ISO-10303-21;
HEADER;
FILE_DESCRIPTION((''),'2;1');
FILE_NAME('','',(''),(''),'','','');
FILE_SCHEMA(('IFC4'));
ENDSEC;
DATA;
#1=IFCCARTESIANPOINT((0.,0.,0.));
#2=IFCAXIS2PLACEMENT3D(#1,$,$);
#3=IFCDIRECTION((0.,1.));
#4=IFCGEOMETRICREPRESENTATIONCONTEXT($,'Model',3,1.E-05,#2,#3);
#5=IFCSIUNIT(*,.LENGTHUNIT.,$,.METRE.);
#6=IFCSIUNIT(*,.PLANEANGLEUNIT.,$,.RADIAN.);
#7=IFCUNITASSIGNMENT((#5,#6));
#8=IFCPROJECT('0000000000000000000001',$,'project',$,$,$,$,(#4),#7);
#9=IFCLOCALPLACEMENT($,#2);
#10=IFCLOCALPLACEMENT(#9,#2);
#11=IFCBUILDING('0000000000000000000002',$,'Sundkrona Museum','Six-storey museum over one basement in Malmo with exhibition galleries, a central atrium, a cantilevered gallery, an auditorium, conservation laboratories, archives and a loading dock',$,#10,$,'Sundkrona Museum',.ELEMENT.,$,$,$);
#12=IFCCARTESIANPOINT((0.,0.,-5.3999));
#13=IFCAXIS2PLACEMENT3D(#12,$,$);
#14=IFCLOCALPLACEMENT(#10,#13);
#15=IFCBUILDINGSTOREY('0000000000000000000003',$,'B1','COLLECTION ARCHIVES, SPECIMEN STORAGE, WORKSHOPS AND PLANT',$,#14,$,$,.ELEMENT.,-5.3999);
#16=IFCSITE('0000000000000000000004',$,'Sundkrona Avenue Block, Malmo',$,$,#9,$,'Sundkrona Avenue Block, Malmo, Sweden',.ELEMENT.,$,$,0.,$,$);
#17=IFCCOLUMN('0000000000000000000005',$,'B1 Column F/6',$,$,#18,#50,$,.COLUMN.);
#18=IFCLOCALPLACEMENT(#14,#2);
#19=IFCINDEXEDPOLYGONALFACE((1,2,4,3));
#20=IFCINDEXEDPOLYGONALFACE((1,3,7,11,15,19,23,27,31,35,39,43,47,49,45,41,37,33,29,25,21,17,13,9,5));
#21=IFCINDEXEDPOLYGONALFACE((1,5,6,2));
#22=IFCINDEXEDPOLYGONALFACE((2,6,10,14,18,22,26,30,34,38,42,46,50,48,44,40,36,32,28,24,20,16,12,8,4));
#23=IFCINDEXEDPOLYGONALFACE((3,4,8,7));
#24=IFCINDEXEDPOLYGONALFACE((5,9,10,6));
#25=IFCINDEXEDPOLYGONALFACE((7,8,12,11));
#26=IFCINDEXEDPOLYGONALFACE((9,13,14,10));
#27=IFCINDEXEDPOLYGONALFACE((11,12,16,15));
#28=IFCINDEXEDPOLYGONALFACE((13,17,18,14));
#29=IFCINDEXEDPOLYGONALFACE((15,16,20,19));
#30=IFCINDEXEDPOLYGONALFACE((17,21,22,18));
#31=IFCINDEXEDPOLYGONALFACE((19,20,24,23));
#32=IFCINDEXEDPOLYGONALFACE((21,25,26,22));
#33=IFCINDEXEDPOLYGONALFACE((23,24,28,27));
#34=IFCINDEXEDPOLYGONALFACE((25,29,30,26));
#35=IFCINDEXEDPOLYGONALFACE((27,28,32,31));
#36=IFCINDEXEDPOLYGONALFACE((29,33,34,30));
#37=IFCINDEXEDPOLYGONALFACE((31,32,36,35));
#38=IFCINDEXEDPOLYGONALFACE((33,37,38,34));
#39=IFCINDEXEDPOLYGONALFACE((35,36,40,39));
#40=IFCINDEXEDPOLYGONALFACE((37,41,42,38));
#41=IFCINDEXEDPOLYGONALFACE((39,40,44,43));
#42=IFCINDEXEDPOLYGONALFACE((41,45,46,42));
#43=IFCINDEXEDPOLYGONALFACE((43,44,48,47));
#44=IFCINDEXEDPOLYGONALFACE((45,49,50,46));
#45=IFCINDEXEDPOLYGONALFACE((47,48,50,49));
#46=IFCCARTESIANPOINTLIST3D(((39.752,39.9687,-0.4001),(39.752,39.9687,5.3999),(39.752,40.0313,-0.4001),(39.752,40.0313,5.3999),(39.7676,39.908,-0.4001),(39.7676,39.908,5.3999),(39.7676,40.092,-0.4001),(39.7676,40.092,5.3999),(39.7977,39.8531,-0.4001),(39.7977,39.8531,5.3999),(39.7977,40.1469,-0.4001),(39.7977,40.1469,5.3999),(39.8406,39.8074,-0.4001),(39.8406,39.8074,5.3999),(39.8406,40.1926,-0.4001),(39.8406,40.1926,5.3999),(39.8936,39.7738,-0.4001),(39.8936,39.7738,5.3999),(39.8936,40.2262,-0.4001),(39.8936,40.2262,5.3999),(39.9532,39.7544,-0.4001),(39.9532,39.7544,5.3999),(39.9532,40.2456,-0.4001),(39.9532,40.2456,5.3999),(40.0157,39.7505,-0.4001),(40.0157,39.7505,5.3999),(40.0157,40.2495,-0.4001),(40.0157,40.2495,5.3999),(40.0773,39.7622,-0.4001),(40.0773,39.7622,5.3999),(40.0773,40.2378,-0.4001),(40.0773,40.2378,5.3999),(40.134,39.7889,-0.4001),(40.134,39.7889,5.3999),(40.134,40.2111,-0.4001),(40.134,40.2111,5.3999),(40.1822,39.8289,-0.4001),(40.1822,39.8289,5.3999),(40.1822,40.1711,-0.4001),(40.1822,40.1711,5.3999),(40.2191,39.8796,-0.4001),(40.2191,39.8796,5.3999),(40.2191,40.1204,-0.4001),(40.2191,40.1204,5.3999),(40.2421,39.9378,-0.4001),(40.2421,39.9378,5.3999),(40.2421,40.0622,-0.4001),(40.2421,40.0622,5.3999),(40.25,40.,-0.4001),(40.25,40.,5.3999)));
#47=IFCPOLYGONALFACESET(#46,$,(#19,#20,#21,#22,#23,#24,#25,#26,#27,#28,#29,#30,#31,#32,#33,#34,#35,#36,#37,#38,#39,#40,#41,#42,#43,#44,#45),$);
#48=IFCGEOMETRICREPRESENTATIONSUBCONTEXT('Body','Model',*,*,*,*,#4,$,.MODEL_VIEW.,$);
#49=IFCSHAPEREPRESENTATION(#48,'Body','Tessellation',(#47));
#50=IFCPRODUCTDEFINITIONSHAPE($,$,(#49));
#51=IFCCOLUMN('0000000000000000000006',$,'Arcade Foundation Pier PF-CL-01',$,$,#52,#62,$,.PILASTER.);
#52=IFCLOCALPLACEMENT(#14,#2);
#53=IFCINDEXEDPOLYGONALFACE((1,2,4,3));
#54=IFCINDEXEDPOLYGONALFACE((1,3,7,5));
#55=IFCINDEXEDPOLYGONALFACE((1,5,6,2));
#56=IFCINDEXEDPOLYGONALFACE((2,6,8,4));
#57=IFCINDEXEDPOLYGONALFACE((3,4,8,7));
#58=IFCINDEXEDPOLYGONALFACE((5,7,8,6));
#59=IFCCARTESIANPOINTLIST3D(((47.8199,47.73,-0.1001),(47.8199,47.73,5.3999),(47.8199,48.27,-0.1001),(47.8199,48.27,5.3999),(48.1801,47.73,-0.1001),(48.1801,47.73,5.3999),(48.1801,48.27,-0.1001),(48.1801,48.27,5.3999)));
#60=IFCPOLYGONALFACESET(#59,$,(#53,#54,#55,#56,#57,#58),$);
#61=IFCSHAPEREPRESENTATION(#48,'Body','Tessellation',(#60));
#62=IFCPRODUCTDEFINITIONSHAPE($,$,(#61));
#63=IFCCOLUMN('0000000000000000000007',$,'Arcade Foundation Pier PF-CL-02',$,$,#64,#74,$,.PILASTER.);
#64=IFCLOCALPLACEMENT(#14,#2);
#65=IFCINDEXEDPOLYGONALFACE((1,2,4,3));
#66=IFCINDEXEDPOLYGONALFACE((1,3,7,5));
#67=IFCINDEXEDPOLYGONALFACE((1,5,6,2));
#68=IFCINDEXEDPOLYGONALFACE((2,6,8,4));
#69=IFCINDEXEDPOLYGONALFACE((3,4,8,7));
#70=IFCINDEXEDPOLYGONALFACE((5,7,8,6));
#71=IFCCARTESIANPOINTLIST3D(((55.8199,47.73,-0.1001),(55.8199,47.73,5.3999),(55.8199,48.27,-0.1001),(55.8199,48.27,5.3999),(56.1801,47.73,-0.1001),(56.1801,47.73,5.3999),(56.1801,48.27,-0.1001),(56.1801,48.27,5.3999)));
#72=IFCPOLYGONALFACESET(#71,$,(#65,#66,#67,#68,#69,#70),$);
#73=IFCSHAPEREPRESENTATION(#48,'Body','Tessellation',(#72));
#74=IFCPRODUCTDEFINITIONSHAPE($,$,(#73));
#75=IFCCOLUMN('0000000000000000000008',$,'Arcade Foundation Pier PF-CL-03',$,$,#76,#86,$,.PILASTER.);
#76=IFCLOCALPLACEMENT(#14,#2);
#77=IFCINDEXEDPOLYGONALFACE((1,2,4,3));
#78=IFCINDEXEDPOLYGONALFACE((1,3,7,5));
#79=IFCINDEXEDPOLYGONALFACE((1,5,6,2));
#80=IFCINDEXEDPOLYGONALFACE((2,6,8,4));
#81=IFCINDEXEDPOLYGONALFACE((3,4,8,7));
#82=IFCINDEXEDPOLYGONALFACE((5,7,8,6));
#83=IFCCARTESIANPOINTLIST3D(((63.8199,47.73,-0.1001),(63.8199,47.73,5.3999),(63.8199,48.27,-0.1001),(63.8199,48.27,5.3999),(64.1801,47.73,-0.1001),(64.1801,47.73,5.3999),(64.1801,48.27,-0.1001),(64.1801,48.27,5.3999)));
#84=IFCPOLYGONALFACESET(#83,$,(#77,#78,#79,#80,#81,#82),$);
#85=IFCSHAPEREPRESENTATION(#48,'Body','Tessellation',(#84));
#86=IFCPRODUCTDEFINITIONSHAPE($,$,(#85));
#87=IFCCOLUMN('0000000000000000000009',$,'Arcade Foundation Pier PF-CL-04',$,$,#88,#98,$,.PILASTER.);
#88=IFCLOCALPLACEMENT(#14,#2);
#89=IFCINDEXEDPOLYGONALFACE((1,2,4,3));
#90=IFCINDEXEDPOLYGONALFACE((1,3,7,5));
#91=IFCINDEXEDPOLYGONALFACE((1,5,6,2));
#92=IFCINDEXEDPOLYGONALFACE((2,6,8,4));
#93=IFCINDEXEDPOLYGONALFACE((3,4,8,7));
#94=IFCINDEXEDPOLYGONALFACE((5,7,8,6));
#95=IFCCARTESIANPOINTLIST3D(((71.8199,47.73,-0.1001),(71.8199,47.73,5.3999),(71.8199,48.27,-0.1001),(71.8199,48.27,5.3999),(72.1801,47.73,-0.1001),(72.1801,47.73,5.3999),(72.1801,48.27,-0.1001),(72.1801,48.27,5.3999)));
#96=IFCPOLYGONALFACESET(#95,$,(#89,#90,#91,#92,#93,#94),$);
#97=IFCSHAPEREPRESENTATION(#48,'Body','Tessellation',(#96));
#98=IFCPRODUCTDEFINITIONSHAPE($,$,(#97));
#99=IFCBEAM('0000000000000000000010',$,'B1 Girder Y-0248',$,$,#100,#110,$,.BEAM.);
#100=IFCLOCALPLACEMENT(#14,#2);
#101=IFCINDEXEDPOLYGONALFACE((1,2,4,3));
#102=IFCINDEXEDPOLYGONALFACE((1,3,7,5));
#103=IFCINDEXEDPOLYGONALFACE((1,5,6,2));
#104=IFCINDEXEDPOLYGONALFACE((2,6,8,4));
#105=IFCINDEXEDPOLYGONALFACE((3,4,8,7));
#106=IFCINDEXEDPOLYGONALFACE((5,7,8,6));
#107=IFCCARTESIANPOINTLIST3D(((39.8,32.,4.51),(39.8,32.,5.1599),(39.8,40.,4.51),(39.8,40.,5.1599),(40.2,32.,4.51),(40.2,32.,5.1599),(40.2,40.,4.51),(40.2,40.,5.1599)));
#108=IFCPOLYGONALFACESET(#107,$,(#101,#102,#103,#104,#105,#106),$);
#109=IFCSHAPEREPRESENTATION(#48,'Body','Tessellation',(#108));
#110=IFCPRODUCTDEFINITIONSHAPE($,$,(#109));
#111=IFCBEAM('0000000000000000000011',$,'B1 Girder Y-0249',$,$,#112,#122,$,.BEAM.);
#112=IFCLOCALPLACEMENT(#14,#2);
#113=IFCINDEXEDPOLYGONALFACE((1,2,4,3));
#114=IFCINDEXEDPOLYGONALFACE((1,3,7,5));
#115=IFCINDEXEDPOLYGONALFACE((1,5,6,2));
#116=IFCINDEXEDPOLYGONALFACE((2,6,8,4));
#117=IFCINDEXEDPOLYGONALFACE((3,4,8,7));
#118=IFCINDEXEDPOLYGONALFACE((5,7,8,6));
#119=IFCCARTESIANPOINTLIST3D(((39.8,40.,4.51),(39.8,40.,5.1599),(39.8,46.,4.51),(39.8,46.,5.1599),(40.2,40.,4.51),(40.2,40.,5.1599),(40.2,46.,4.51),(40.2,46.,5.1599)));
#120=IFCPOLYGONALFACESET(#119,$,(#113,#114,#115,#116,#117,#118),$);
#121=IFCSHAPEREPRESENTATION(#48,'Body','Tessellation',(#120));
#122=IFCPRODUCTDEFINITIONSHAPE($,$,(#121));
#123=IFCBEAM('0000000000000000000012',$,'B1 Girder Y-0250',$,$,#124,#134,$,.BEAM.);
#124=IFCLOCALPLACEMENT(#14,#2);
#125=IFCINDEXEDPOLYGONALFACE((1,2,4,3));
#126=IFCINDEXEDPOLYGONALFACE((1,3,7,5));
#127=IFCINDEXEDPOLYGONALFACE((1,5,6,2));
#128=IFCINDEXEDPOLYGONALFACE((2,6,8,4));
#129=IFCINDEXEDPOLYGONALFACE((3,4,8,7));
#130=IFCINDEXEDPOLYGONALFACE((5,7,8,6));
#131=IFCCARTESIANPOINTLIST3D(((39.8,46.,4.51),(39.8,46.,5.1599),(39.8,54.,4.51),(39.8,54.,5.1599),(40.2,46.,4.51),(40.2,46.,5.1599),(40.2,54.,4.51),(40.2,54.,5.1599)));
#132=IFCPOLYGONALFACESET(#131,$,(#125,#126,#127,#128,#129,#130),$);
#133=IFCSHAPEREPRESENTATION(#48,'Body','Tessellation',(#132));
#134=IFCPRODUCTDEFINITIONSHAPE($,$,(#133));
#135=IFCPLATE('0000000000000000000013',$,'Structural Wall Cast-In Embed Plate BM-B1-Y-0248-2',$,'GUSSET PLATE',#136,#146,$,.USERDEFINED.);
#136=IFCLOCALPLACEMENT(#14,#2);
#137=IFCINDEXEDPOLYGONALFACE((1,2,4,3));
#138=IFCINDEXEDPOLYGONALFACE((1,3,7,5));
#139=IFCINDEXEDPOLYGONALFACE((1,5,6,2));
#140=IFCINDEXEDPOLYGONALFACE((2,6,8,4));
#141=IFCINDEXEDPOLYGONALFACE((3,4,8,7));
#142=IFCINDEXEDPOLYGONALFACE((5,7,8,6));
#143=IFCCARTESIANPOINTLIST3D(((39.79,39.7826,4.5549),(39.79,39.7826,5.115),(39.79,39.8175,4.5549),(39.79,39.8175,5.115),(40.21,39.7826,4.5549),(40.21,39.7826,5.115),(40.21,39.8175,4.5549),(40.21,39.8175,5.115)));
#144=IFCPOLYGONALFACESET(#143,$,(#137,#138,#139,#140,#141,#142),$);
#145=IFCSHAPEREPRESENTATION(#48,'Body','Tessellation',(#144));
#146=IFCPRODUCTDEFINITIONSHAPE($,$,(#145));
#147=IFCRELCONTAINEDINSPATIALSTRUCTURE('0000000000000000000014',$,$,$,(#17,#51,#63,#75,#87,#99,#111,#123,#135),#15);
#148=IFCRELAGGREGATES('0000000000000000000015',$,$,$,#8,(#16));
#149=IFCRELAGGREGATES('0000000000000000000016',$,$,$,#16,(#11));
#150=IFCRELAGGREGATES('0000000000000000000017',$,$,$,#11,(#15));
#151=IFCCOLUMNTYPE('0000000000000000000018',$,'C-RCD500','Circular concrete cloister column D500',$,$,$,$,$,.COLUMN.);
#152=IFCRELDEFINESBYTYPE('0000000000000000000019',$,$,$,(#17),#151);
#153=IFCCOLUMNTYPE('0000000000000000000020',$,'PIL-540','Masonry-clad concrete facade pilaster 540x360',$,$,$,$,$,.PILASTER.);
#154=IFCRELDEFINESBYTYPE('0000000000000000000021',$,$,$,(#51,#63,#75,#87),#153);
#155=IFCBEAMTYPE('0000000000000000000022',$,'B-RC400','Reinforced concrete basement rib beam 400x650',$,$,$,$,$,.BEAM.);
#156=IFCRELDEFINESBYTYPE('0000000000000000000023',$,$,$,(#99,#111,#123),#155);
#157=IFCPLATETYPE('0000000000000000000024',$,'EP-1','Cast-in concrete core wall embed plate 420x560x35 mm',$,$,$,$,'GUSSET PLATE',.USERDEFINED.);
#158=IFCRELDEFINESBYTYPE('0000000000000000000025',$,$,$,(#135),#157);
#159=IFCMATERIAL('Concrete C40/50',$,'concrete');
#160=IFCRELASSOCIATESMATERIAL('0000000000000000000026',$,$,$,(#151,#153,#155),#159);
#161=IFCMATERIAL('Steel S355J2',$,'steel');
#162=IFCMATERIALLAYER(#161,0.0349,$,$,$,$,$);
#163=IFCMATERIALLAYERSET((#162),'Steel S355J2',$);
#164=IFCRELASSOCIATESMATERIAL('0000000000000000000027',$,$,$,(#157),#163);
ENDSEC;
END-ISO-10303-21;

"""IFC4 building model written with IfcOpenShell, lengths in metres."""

from ifc_helpers import new_model, si_unit, direction, frame, origin, origin_2d, place, context, subcontext, project, spatial, rectangle, circle, extrude, material, layer, layer_set, material_profile, profile_set, type_object, element, save


model = new_model("IFC4")

# Units and contexts
model_context = context("Model", 3, precision=1e-05, world=origin(), true_north=direction((0.0, 1.0)))
body_context = subcontext(model_context, "Body", "Model", "MODEL_VIEW")
ifc_project = project(units=[si_unit("LENGTHUNIT", "METRE"), si_unit("PLANEANGLEUNIT", "RADIAN")], contexts=[model_context])

# Site, building, storey
site_placement = place(None, origin())
site = spatial("IfcSite", under=ifc_project, at=site_placement, Name="Sundkrona Avenue Block, Malmo", LongName="Sundkrona Avenue Block, Malmo, Sweden", CompositionType="ELEMENT", RefElevation=0.0)
building_placement = place(site_placement, origin())
building = spatial("IfcBuilding", under=site, at=building_placement, Name="Sundkrona Museum", Description="Six-storey museum over one basement in Malmo with exhibition galleries, a central atrium, a cantilevered gallery, an auditorium, conservation laboratories, archives and a loading dock", LongName="Sundkrona Museum", CompositionType="ELEMENT")
storey_placement = place(building_placement, frame((0.0, 0.0, -5.3999)))
storey = spatial("IfcBuildingStorey", under=building, at=storey_placement, Name="B1", Description="COLLECTION ARCHIVES, SPECIMEN STORAGE, WORKSHOPS AND PLANT", CompositionType="ELEMENT", Elevation=-5.3999)

# Shared definitions
ifc_material_1 = material(Name="Concrete C40/50", Category="concrete")

# Columns
ifc_material_profile_1 = material_profile(ifc_material_1, circle(Radius=0.25, at=origin_2d()), Name="RC D500")
ifc_profile_set_1 = profile_set([ifc_material_profile_1], Name="Concrete C40/50")
column_type_1 = type_object("IfcColumnType", Name="C-RCD500", Description="Circular concrete cloister column D500", PredefinedType="COLUMN", material=ifc_profile_set_1)
column_1_placement = place(storey_placement, frame((40.0, 40.0, -0.4001), z_axis=(0.0, 0.0, 1.0), x_axis=(1.0, 0.0, 0.0)))
element("IfcColumn", 1, at=column_1_placement, inside=storey, type_object=column_type_1, Name="B1 Column F/6", PredefinedType="COLUMN", context=body_context, shape_type="SweptSolid", body=[
    extrude(circle(Radius=0.25, at=origin_2d()), origin(), (0.0, 0.0, 1.0), 5.8),
])
ifc_material_profile_2 = material_profile(ifc_material_1, rectangle(XDim=0.3601, YDim=0.54, at=origin_2d()), Name="RC 540x360")
ifc_profile_set_2 = profile_set([ifc_material_profile_2], Name="Concrete C40/50")
column_type_2 = type_object("IfcColumnType", Name="PIL-540", Description="Masonry-clad concrete facade pilaster 540x360", PredefinedType="PILASTER", material=ifc_profile_set_2)
for number, where, z_axis, x_axis, name in (
    (2, (48.0, 48.0, -0.1001), (0.0, 0.0, 1.0), (1.0, 0.0, 0.0), "Arcade Foundation Pier PF-CL-01"),
    (3, (56.0, 48.0, -0.1001), (0.0, 0.0, 1.0), (1.0, 0.0, 0.0), "Arcade Foundation Pier PF-CL-02"),
    (4, (64.0, 48.0, -0.1001), (0.0, 0.0, 1.0), (1.0, 0.0, 0.0), "Arcade Foundation Pier PF-CL-03"),
    (5, (72.0, 48.0, -0.1001), (0.0, 0.0, 1.0), (1.0, 0.0, 0.0), "Arcade Foundation Pier PF-CL-04"),
):
    element("IfcColumn", number, at=place(storey_placement, frame(where, z_axis=z_axis, x_axis=x_axis)), inside=storey, type_object=column_type_2, Name=name, PredefinedType="PILASTER", context=body_context, shape_type="SweptSolid", body=[
        extrude(rectangle(XDim=0.3601, YDim=0.54, at=origin_2d()), origin(), (0.0, 0.0, 1.0), 5.5),
    ])

# Beams
ifc_material_profile_3 = material_profile(ifc_material_1, rectangle(XDim=0.3999, YDim=0.6499, at=origin_2d()), Name="RCB 400x650")
ifc_profile_set_3 = profile_set([ifc_material_profile_3], Name="Concrete C40/50")
beam_type = type_object("IfcBeamType", Name="B-RC400", Description="Reinforced concrete basement rib beam 400x650", PredefinedType="BEAM", material=ifc_profile_set_3)
beam_1_placement = place(storey_placement, frame((40.0, 32.0, 4.835), z_axis=(0.0, 1.0, 0.0), x_axis=(-1.0, 0.0, 0.0)))
element("IfcBeam", 6, at=beam_1_placement, inside=storey, type_object=beam_type, Name="B1 Girder Y-0248", PredefinedType="BEAM", context=body_context, shape_type="SweptSolid", body=[
    extrude(rectangle(XDim=0.3999, YDim=0.6499, at=origin_2d()), origin(), (0.0, 0.0, 1.0), 8.0),
])
beam_2_placement = place(storey_placement, frame((40.0, 40.0, 4.835), z_axis=(0.0, 1.0, 0.0), x_axis=(-1.0, 0.0, 0.0)))
element("IfcBeam", 7, at=beam_2_placement, inside=storey, type_object=beam_type, Name="B1 Girder Y-0249", PredefinedType="BEAM", context=body_context, shape_type="SweptSolid", body=[
    extrude(rectangle(XDim=0.3999, YDim=0.6499, at=origin_2d()), origin(), (0.0, 0.0, 1.0), 6.0),
])
beam_3_placement = place(storey_placement, frame((40.0, 46.0, 4.835), z_axis=(0.0, 1.0, 0.0), x_axis=(-1.0, 0.0, 0.0)))
element("IfcBeam", 8, at=beam_3_placement, inside=storey, type_object=beam_type, Name="B1 Girder Y-0250", PredefinedType="BEAM", context=body_context, shape_type="SweptSolid", body=[
    extrude(rectangle(XDim=0.3999, YDim=0.6499, at=origin_2d()), origin(), (0.0, 0.0, 1.0), 8.0),
])

# Plate
ifc_material_2 = material(Name="Steel S355J2", Category="steel")
ifc_layer = layer(ifc_material_2, 0.0349)
ifc_layer_set = layer_set([ifc_layer], Name="Steel S355J2")
plate_type = type_object("IfcPlateType", Name="EP-1", Description="Cast-in concrete core wall embed plate 420x560x35 mm", ElementType="GUSSET PLATE", PredefinedType="USERDEFINED", material=ifc_layer_set)
plate_placement = place(storey_placement, frame((40.0, 39.8, 4.5549), z_axis=(0.0, 0.0, 1.0), x_axis=(1.0, 0.0, 0.0)))
element("IfcPlate", 9, at=plate_placement, inside=storey, type_object=plate_type, Name="Structural Wall Cast-In Embed Plate BM-B1-Y-0248-2", ObjectType="GUSSET PLATE", PredefinedType="USERDEFINED", context=body_context, shape_type="SweptSolid", body=[
    extrude(rectangle(XDim=0.4199, YDim=0.0349, at=origin_2d()), origin(), (0.0, 0.0, 1.0), 0.5601),
])

save(model, "model.ifc")
